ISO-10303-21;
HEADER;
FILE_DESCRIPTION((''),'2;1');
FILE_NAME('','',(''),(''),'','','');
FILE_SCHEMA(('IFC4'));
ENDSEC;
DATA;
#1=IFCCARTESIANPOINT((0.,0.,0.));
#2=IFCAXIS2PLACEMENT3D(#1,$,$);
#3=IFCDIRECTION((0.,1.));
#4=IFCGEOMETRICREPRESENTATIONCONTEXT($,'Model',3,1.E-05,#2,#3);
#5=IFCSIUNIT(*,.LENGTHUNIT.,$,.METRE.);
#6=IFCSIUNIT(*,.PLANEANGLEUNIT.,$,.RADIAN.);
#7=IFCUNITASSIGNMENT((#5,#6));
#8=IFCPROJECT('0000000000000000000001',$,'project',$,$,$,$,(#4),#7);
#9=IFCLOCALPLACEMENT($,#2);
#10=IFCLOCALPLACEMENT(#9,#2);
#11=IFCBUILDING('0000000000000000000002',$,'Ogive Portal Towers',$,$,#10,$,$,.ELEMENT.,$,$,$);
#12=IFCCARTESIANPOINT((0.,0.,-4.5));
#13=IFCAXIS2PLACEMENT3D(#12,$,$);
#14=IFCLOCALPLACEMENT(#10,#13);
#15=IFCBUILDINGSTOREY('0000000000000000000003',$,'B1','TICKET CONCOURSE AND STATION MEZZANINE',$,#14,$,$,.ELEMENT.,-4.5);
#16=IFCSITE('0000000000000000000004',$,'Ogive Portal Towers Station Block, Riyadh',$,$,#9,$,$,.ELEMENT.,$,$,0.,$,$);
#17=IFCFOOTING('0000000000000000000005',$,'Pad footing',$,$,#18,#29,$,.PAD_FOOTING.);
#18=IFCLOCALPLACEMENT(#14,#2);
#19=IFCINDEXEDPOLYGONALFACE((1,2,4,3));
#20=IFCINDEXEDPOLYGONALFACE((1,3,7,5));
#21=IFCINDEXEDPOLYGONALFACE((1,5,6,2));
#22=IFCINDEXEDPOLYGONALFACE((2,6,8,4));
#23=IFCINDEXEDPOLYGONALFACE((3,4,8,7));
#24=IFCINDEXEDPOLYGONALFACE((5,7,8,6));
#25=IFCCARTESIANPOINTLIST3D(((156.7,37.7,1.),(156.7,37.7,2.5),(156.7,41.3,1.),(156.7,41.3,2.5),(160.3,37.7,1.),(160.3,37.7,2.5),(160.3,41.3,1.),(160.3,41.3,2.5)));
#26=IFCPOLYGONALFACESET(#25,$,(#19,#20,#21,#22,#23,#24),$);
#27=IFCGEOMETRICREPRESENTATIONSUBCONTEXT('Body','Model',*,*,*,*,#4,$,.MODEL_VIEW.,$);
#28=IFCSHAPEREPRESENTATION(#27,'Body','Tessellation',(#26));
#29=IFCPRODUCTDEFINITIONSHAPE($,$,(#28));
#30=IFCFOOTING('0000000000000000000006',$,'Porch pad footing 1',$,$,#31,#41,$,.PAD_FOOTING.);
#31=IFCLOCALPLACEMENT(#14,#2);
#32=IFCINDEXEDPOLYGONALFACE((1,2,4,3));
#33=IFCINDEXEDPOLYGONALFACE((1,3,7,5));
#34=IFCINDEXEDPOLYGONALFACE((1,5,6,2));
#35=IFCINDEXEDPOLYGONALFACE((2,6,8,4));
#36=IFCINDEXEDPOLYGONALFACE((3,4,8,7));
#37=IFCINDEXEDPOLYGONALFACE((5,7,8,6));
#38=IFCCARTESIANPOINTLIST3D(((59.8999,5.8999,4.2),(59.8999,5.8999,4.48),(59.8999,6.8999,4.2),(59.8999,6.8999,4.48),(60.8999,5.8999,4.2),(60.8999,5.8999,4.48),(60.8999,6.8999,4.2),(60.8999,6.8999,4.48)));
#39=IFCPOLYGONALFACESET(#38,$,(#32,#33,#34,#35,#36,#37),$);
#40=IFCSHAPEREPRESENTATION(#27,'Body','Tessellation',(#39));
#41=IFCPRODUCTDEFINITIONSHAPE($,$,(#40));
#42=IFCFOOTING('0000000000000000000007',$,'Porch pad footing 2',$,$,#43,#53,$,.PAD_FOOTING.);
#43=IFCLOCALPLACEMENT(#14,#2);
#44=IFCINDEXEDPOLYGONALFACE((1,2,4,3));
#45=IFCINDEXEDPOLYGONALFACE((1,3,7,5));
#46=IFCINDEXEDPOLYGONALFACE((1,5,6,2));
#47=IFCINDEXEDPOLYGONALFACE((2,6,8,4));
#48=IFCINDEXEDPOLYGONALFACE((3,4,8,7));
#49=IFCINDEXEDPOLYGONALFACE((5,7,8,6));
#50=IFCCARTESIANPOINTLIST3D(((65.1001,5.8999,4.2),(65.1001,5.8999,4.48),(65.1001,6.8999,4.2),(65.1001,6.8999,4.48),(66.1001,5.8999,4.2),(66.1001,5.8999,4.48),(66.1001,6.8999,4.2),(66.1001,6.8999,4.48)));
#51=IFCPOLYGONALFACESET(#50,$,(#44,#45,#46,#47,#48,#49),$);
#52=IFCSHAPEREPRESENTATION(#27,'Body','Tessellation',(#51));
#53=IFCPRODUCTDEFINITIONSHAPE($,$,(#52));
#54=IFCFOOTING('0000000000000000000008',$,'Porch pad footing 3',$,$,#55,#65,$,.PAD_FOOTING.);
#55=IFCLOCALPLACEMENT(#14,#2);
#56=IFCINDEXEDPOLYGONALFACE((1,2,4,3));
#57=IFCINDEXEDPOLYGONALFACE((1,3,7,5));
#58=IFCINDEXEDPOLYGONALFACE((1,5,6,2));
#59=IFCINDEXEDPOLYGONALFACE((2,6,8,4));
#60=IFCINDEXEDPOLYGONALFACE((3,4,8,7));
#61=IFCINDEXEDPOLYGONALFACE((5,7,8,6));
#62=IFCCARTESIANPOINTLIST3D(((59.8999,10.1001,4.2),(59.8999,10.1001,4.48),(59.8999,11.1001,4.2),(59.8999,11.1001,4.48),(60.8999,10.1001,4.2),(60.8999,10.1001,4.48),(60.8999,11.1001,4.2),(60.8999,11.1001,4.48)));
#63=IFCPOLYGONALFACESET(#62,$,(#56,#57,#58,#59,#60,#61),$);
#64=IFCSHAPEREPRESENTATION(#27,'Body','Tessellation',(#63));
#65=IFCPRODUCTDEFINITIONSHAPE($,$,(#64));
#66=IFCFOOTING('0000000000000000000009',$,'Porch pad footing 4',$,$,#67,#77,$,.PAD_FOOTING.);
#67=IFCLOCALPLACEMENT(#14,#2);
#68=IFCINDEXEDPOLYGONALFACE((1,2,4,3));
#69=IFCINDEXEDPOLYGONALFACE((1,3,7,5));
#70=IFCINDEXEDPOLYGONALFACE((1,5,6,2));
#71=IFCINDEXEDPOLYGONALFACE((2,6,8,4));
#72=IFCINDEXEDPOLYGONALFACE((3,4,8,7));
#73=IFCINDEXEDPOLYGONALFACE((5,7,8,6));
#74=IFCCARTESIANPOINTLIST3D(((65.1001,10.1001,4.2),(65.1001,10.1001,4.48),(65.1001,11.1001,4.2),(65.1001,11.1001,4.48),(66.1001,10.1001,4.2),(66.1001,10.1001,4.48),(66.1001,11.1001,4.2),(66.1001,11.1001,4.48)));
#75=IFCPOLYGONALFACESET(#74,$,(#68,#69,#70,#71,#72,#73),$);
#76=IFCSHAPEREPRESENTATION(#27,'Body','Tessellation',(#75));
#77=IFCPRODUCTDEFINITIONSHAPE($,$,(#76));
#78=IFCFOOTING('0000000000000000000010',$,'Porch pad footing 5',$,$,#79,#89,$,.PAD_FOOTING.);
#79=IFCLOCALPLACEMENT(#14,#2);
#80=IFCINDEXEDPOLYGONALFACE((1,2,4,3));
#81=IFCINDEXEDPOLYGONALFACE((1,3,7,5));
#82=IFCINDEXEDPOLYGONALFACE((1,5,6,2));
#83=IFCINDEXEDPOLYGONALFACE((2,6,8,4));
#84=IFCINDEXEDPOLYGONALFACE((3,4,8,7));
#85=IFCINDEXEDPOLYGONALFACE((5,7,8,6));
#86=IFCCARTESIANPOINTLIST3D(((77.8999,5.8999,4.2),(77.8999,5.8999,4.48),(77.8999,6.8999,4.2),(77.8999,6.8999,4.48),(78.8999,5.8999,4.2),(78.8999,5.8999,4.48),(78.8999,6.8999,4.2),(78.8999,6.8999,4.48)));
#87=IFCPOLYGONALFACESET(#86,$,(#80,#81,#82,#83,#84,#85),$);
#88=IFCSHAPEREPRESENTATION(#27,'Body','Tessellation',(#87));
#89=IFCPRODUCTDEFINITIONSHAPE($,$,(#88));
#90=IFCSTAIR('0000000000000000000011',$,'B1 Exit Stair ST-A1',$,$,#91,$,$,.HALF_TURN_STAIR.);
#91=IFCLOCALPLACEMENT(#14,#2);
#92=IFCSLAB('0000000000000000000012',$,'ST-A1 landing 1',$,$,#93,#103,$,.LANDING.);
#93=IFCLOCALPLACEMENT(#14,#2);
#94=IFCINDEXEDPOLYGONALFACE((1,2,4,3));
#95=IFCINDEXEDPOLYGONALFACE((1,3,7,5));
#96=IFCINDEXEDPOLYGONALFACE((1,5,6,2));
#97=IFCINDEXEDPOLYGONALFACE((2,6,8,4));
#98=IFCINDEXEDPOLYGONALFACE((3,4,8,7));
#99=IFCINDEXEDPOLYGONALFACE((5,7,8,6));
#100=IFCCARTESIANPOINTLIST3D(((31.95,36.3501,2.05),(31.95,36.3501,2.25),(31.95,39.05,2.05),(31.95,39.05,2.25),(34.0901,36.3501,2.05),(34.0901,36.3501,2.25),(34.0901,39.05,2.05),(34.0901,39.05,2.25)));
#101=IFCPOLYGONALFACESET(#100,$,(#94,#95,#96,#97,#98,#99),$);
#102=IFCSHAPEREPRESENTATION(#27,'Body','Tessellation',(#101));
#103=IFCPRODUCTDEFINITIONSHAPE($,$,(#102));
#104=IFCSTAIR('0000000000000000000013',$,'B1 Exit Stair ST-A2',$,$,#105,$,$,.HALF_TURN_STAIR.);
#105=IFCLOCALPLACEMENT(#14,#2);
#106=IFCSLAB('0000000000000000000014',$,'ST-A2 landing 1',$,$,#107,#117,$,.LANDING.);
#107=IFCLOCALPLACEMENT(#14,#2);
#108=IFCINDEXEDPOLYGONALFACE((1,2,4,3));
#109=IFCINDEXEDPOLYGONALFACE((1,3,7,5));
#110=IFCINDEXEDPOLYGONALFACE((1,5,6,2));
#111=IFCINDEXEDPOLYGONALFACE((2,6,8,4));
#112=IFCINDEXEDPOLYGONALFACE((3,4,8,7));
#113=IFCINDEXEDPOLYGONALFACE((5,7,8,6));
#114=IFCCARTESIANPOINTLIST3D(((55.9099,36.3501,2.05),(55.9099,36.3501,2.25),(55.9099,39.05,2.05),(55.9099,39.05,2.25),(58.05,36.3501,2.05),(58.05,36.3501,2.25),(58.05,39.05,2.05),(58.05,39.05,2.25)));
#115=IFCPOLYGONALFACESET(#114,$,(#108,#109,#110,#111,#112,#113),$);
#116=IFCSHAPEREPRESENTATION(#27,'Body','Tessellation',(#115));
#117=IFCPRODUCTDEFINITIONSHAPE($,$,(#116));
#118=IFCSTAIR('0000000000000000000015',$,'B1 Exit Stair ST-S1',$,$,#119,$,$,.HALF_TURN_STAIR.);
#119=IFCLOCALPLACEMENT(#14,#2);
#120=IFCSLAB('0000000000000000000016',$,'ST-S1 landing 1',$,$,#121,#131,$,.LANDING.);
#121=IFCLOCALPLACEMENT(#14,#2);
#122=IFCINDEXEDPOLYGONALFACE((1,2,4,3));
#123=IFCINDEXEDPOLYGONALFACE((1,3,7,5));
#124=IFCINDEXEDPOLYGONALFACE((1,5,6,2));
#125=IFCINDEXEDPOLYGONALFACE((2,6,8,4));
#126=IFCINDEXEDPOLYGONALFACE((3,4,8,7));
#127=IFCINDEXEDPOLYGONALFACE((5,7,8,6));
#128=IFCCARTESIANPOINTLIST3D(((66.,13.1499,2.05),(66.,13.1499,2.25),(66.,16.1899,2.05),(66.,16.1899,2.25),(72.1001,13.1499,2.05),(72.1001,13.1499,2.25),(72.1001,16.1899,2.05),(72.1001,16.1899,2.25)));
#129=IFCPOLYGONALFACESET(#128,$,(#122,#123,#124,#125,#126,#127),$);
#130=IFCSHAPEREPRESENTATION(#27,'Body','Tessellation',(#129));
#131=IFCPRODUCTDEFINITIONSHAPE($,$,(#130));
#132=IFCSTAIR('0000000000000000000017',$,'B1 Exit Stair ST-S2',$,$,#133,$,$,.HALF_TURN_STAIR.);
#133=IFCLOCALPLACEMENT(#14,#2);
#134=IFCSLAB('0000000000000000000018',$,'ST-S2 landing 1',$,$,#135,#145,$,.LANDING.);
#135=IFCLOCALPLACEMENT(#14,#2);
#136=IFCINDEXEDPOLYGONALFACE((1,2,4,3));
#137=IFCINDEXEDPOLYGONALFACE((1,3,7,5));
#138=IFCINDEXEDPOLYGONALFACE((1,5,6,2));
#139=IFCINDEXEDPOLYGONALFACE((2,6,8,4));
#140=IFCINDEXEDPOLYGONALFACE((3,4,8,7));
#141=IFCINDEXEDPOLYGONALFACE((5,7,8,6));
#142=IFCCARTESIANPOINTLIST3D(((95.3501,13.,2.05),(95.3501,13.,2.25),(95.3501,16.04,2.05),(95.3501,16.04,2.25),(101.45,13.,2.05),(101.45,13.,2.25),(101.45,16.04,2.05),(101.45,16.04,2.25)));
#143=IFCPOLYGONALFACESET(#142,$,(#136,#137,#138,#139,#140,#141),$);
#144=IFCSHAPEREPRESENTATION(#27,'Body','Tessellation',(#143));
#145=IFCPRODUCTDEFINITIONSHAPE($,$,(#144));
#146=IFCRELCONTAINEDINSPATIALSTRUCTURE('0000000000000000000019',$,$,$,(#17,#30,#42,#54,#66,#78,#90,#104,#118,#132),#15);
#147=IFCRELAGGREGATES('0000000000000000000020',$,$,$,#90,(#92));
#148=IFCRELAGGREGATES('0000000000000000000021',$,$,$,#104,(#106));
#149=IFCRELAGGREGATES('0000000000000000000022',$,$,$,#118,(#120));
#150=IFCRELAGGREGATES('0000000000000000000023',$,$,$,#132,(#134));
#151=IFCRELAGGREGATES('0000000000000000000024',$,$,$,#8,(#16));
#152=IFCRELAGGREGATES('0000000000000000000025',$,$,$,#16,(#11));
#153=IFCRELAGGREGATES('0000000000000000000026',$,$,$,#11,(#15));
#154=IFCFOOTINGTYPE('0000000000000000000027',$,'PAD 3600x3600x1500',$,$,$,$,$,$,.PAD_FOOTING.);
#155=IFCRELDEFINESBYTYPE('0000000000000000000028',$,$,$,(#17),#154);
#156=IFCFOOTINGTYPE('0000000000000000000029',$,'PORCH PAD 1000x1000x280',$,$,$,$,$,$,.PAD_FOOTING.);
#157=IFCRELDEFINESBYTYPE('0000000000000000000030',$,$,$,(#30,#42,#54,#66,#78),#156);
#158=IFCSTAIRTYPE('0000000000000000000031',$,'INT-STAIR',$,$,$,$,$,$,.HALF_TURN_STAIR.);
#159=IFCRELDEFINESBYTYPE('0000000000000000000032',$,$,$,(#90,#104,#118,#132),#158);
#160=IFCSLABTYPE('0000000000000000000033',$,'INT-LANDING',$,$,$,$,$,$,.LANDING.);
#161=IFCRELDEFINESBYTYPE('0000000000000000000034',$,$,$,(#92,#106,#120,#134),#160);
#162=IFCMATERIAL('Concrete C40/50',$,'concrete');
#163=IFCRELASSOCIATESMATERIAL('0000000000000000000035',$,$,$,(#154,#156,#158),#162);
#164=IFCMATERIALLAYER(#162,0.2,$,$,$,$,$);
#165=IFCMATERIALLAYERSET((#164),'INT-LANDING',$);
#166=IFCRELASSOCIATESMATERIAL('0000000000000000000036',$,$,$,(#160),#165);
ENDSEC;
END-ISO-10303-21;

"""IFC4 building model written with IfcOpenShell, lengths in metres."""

from ifc_helpers import new_model, si_unit, direction, frame, origin, place, context, subcontext, project, spatial, polyline, outline, extrude, material, layer, layer_set, type_object, element, aggregate, save


model = new_model("IFC4")

# Units and contexts
model_context = context("Model", 3, precision=1e-05, world=origin(), true_north=direction((0.0, 1.0)))
body_context = subcontext(model_context, "Body", "Model", "MODEL_VIEW")
ifc_project = project(units=[si_unit("LENGTHUNIT", "METRE"), si_unit("PLANEANGLEUNIT", "RADIAN")], contexts=[model_context])

# Site, building, storey
site_placement = place(None, origin())
site = spatial("IfcSite", under=ifc_project, at=site_placement, Name="Ogive Portal Towers Station Block, Riyadh", CompositionType="ELEMENT", RefElevation=0.0)
building_placement = place(site_placement, origin())
building = spatial("IfcBuilding", under=site, at=building_placement, Name="Ogive Portal Towers", CompositionType="ELEMENT")
storey_placement = place(building_placement, frame((0.0, 0.0, -4.5)))
storey = spatial("IfcBuildingStorey", under=building, at=storey_placement, Name="B1", Description="TICKET CONCOURSE AND STATION MEZZANINE", CompositionType="ELEMENT", Elevation=-4.5)

# Footings
ifc_material = material(Name="Concrete C40/50", Category="concrete")
footing_type_1 = type_object("IfcFootingType", Name="PAD 3600x3600x1500", PredefinedType="PAD_FOOTING", material=ifc_material)
footing_1_placement = place(storey_placement, frame((0.0, 0.0, 1.0)))
element("IfcFooting", 1, at=footing_1_placement, inside=storey, type_object=footing_type_1, Name="Pad footing", PredefinedType="PAD_FOOTING", context=body_context, shape_type="SweptSolid", body=[
    extrude(outline(polyline([(160.3, 37.7), (160.3, 41.3), (156.7, 41.3), (156.7, 37.7), (160.3, 37.7)])), origin(), (0.0, 0.0, 1.0), 1.5),
])
footing_type_2 = type_object("IfcFootingType", Name="PORCH PAD 1000x1000x280", PredefinedType="PAD_FOOTING", material=ifc_material)
footing_2_placement = place(storey_placement, frame((0.0, 0.0, 4.2)))
element("IfcFooting", 2, at=footing_2_placement, inside=storey, type_object=footing_type_2, Name="Porch pad footing 1", PredefinedType="PAD_FOOTING", context=body_context, shape_type="SweptSolid", body=[
    extrude(outline(polyline([(59.8999, 5.8999), (60.8999, 5.8999), (60.8999, 6.8999), (59.8999, 6.8999), (59.8999, 5.8999)])), origin(), (0.0, 0.0, 1.0), 0.28),
])
footing_3_placement = place(storey_placement, frame((0.0, 0.0, 4.2)))
element("IfcFooting", 3, at=footing_3_placement, inside=storey, type_object=footing_type_2, Name="Porch pad footing 2", PredefinedType="PAD_FOOTING", context=body_context, shape_type="SweptSolid", body=[
    extrude(outline(polyline([(65.1001, 5.8999), (66.1001, 5.8999), (66.1001, 6.8999), (65.1001, 6.8999), (65.1001, 5.8999)])), origin(), (0.0, 0.0, 1.0), 0.28),
])
footing_4_placement = place(storey_placement, frame((0.0, 0.0, 4.2)))
element("IfcFooting", 4, at=footing_4_placement, inside=storey, type_object=footing_type_2, Name="Porch pad footing 3", PredefinedType="PAD_FOOTING", context=body_context, shape_type="SweptSolid", body=[
    extrude(outline(polyline([(59.8999, 10.1001), (60.8999, 10.1001), (60.8999, 11.1001), (59.8999, 11.1001), (59.8999, 10.1001)])), origin(), (0.0, 0.0, 1.0), 0.28),
])
footing_5_placement = place(storey_placement, frame((0.0, 0.0, 4.2)))
element("IfcFooting", 5, at=footing_5_placement, inside=storey, type_object=footing_type_2, Name="Porch pad footing 4", PredefinedType="PAD_FOOTING", context=body_context, shape_type="SweptSolid", body=[
    extrude(outline(polyline([(65.1001, 10.1001), (66.1001, 10.1001), (66.1001, 11.1001), (65.1001, 11.1001), (65.1001, 10.1001)])), origin(), (0.0, 0.0, 1.0), 0.28),
])
footing_6_placement = place(storey_placement, frame((0.0, 0.0, 4.2)))
element("IfcFooting", 6, at=footing_6_placement, inside=storey, type_object=footing_type_2, Name="Porch pad footing 5", PredefinedType="PAD_FOOTING", context=body_context, shape_type="SweptSolid", body=[
    extrude(outline(polyline([(77.8999, 5.8999), (78.8999, 5.8999), (78.8999, 6.8999), (77.8999, 6.8999), (77.8999, 5.8999)])), origin(), (0.0, 0.0, 1.0), 0.28),
])

# Stairs, slabs
stair_type = type_object("IfcStairType", Name="INT-STAIR", PredefinedType="HALF_TURN_STAIR", material=ifc_material)
stair_1_placement = place(storey_placement, origin())
stair_1 = element("IfcStair", 7, at=stair_1_placement, inside=storey, type_object=stair_type, Name="B1 Exit Stair ST-A1", PredefinedType="HALF_TURN_STAIR")
ifc_layer = layer(ifc_material, 0.2)
ifc_layer_set = layer_set([ifc_layer], Name="INT-LANDING")
slab_type = type_object("IfcSlabType", Name="INT-LANDING", PredefinedType="LANDING", material=ifc_layer_set)
slab_1_placement = place(storey_placement, frame((0.0, 0.0, 2.05)))
slab_1 = element("IfcSlab", 8, at=slab_1_placement, type_object=slab_type, Name="ST-A1 landing 1", PredefinedType="LANDING", context=body_context, shape_type="SweptSolid", body=[
    extrude(outline(polyline([(34.0901, 39.05), (31.95, 39.05), (31.95, 36.3501), (34.0901, 36.3501), (34.0901, 39.05)])), origin(), (0.0, 0.0, 1.0), 0.2),
])
aggregate(stair_1, [slab_1])
stair_2_placement = place(storey_placement, origin())
stair_2 = element("IfcStair", 9, at=stair_2_placement, inside=storey, type_object=stair_type, Name="B1 Exit Stair ST-A2", PredefinedType="HALF_TURN_STAIR")
slab_2_placement = place(storey_placement, frame((0.0, 0.0, 2.05)))
slab_2 = element("IfcSlab", 10, at=slab_2_placement, type_object=slab_type, Name="ST-A2 landing 1", PredefinedType="LANDING", context=body_context, shape_type="SweptSolid", body=[
    extrude(outline(polyline([(55.9099, 36.3501), (58.05, 36.3501), (58.05, 39.05), (55.9099, 39.05), (55.9099, 36.3501)])), origin(), (0.0, 0.0, 1.0), 0.2),
])
aggregate(stair_2, [slab_2])
stair_3_placement = place(storey_placement, origin())
stair_3 = element("IfcStair", 11, at=stair_3_placement, inside=storey, type_object=stair_type, Name="B1 Exit Stair ST-S1", PredefinedType="HALF_TURN_STAIR")
slab_3_placement = place(storey_placement, frame((0.0, 0.0, 2.05)))
slab_3 = element("IfcSlab", 12, at=slab_3_placement, type_object=slab_type, Name="ST-S1 landing 1", PredefinedType="LANDING", context=body_context, shape_type="SweptSolid", body=[
    extrude(outline(polyline([(66.0, 16.1899), (66.0, 13.1499), (72.1001, 13.1499), (72.1001, 16.1899), (66.0, 16.1899)])), origin(), (0.0, 0.0, 1.0), 0.2),
])
aggregate(stair_3, [slab_3])
stair_4_placement = place(storey_placement, origin())
stair_4 = element("IfcStair", 13, at=stair_4_placement, inside=storey, type_object=stair_type, Name="B1 Exit Stair ST-S2", PredefinedType="HALF_TURN_STAIR")
slab_4_placement = place(storey_placement, frame((0.0, 0.0, 2.05)))
slab_4 = element("IfcSlab", 14, at=slab_4_placement, type_object=slab_type, Name="ST-S2 landing 1", PredefinedType="LANDING", context=body_context, shape_type="SweptSolid", body=[
    extrude(outline(polyline([(95.3501, 16.04), (95.3501, 13.0), (101.45, 13.0), (101.45, 16.04), (95.3501, 16.04)])), origin(), (0.0, 0.0, 1.0), 0.2),
])
aggregate(stair_4, [slab_4])

save(model, "model.ifc")
